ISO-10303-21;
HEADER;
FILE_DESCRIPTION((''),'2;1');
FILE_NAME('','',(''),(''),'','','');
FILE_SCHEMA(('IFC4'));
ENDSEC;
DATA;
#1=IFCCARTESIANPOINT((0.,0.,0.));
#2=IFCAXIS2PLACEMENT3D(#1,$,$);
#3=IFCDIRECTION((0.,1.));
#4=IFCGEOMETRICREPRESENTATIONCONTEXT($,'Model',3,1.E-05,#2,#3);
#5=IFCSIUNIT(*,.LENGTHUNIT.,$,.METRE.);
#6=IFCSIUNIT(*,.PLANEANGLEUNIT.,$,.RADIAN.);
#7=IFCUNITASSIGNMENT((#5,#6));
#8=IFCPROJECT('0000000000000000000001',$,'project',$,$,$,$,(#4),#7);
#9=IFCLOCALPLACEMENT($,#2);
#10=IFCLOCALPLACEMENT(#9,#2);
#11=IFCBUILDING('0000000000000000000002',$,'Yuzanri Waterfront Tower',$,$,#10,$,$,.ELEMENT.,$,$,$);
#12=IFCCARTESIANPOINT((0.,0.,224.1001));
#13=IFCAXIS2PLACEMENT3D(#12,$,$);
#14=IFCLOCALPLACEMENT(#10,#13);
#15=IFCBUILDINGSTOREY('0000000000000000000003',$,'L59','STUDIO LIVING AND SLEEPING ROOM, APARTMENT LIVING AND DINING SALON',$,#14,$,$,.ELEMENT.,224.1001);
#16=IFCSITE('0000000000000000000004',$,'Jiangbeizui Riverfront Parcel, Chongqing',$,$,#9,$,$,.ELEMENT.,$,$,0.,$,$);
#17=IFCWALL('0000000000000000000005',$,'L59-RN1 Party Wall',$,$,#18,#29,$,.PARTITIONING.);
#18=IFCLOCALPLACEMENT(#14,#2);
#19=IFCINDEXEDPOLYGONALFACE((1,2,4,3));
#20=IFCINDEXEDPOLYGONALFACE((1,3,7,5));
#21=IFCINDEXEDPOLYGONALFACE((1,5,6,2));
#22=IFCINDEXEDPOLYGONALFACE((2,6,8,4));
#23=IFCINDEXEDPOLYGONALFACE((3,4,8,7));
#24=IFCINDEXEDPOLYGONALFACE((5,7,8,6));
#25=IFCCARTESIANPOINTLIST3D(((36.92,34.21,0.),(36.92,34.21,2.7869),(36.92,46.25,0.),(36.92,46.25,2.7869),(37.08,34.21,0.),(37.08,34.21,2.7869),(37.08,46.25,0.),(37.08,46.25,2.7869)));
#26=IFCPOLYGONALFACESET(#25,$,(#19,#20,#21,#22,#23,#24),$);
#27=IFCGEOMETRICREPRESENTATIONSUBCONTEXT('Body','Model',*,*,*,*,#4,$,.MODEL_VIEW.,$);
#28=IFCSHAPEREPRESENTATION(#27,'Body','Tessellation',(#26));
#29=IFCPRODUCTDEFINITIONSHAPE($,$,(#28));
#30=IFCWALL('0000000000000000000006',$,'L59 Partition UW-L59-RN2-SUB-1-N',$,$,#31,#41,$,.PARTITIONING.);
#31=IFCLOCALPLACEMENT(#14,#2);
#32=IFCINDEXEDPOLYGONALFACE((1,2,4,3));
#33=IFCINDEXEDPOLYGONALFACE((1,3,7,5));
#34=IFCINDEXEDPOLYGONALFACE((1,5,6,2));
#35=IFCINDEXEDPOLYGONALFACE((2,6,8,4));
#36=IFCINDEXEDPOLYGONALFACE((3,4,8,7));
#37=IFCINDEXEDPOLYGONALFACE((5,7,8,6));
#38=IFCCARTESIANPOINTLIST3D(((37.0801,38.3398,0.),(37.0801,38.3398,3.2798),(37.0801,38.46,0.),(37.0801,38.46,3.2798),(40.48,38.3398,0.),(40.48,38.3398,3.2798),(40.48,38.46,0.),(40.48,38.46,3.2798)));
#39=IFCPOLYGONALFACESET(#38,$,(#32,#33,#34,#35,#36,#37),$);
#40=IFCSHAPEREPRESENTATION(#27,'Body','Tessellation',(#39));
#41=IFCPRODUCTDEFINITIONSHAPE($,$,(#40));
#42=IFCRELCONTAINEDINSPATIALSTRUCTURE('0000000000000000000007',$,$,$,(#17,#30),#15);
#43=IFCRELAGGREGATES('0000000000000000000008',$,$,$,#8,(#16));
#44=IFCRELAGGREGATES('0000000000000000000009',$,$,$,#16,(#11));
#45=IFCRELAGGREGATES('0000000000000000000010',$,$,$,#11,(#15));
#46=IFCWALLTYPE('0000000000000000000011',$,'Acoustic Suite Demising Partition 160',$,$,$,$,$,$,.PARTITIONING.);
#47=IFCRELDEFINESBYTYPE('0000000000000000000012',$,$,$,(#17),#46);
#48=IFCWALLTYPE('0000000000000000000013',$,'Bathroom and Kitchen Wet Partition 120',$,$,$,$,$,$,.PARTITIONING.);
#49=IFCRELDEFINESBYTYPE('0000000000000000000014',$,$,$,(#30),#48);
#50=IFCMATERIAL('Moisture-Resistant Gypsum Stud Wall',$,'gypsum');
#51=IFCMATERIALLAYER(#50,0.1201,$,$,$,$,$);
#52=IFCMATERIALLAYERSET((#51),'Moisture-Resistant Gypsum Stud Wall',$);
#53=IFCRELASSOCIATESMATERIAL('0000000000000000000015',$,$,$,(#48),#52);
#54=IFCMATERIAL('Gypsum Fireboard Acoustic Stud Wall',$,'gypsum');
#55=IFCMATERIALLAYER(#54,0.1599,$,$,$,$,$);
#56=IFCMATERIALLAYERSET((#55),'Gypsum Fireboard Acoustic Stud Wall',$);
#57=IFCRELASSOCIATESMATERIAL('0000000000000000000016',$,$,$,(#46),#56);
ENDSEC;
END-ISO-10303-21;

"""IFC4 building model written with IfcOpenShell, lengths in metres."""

from ifc_helpers import new_model, si_unit, direction, frame, frame_2d, origin, place, context, subcontext, project, spatial, rectangle, extrude, source, transform, mapped, material, layer, layer_set, type_object, element, save


model = new_model("IFC4")

# Units and contexts
model_context = context("Model", 3, precision=1e-05, world=origin(), true_north=direction((0.0, 1.0)))
body_context = subcontext(model_context, "Body", "Model", "MODEL_VIEW")
ifc_project = project(units=[si_unit("LENGTHUNIT", "METRE"), si_unit("PLANEANGLEUNIT", "RADIAN")], contexts=[model_context])

# Site, building, storey
site_placement = place(None, origin())
site = spatial("IfcSite", under=ifc_project, at=site_placement, Name="Jiangbeizui Riverfront Parcel, Chongqing", CompositionType="ELEMENT", RefElevation=0.0)
building_placement = place(site_placement, origin())
building = spatial("IfcBuilding", under=site, at=building_placement, Name="Yuzanri Waterfront Tower", CompositionType="ELEMENT")
storey_placement = place(building_placement, frame((0.0, 0.0, 224.1001)))
storey = spatial("IfcBuildingStorey", under=building, at=storey_placement, Name="L59", Description="STUDIO LIVING AND SLEEPING ROOM, APARTMENT LIVING AND DINING SALON", CompositionType="ELEMENT", Elevation=224.1001)

# Shared definitions
ifc_material_1 = material(Name="Moisture-Resistant Gypsum Stud Wall", Category="gypsum")
ifc_layer_1 = layer(ifc_material_1, 0.1201)
ifc_layer_set_1 = layer_set([ifc_layer_1], Name="Moisture-Resistant Gypsum Stud Wall")
wall_type_1 = type_object("IfcWallType", Name="Bathroom and Kitchen Wet Partition 120", PredefinedType="PARTITIONING", material=ifc_layer_set_1)

# Walls
ifc_material_2 = material(Name="Gypsum Fireboard Acoustic Stud Wall", Category="gypsum")
ifc_layer_2 = layer(ifc_material_2, 0.1599)
ifc_layer_set_2 = layer_set([ifc_layer_2], Name="Gypsum Fireboard Acoustic Stud Wall")
wall_type_2 = type_object("IfcWallType", Name="Acoustic Suite Demising Partition 160", PredefinedType="PARTITIONING", material=ifc_layer_set_2)
shared_shape_1 = source(origin(), body_context, "Body", "SweptSolid", [
    extrude(rectangle(XDim=12.04, YDim=0.1599, at=frame_2d((6.02, 0.0))), origin(), (0.0, 0.0, 1.0), 2.7869),
])
wall_1_placement = place(storey_placement, frame((37.0, 34.21, 0.0), z_axis=(0.0, 0.0, 1.0), x_axis=(0.0, 1.0, 0.0)))
element("IfcWall", 1, at=wall_1_placement, inside=storey, type_object=wall_type_2, Name="L59-RN1 Party Wall", PredefinedType="PARTITIONING", context=body_context, shape_type="MappedRepresentation", body=[
    mapped(shared_shape_1, transform((0.0, 0.0, 0.0), scale=1.0)),
])
shared_shape_2 = source(origin(), body_context, "Body", "SweptSolid", [
    extrude(rectangle(XDim=3.3999, YDim=0.1201, at=frame_2d((1.7, 0.0))), origin(), (0.0, 0.0, 1.0), 3.2798),
])
wall_2_placement = place(storey_placement, frame((37.0801, 38.3999, 0.0), z_axis=(0.0, 0.0, 1.0), x_axis=(1.0, 0.0, 0.0)))
element("IfcWall", 2, at=wall_2_placement, inside=storey, type_object=wall_type_1, Name="L59 Partition UW-L59-RN2-SUB-1-N", PredefinedType="PARTITIONING", context=body_context, shape_type="MappedRepresentation", body=[
    mapped(shared_shape_2, transform((0.0, 0.0, 0.0), scale=1.0)),
])

save(model, "model.ifc")
